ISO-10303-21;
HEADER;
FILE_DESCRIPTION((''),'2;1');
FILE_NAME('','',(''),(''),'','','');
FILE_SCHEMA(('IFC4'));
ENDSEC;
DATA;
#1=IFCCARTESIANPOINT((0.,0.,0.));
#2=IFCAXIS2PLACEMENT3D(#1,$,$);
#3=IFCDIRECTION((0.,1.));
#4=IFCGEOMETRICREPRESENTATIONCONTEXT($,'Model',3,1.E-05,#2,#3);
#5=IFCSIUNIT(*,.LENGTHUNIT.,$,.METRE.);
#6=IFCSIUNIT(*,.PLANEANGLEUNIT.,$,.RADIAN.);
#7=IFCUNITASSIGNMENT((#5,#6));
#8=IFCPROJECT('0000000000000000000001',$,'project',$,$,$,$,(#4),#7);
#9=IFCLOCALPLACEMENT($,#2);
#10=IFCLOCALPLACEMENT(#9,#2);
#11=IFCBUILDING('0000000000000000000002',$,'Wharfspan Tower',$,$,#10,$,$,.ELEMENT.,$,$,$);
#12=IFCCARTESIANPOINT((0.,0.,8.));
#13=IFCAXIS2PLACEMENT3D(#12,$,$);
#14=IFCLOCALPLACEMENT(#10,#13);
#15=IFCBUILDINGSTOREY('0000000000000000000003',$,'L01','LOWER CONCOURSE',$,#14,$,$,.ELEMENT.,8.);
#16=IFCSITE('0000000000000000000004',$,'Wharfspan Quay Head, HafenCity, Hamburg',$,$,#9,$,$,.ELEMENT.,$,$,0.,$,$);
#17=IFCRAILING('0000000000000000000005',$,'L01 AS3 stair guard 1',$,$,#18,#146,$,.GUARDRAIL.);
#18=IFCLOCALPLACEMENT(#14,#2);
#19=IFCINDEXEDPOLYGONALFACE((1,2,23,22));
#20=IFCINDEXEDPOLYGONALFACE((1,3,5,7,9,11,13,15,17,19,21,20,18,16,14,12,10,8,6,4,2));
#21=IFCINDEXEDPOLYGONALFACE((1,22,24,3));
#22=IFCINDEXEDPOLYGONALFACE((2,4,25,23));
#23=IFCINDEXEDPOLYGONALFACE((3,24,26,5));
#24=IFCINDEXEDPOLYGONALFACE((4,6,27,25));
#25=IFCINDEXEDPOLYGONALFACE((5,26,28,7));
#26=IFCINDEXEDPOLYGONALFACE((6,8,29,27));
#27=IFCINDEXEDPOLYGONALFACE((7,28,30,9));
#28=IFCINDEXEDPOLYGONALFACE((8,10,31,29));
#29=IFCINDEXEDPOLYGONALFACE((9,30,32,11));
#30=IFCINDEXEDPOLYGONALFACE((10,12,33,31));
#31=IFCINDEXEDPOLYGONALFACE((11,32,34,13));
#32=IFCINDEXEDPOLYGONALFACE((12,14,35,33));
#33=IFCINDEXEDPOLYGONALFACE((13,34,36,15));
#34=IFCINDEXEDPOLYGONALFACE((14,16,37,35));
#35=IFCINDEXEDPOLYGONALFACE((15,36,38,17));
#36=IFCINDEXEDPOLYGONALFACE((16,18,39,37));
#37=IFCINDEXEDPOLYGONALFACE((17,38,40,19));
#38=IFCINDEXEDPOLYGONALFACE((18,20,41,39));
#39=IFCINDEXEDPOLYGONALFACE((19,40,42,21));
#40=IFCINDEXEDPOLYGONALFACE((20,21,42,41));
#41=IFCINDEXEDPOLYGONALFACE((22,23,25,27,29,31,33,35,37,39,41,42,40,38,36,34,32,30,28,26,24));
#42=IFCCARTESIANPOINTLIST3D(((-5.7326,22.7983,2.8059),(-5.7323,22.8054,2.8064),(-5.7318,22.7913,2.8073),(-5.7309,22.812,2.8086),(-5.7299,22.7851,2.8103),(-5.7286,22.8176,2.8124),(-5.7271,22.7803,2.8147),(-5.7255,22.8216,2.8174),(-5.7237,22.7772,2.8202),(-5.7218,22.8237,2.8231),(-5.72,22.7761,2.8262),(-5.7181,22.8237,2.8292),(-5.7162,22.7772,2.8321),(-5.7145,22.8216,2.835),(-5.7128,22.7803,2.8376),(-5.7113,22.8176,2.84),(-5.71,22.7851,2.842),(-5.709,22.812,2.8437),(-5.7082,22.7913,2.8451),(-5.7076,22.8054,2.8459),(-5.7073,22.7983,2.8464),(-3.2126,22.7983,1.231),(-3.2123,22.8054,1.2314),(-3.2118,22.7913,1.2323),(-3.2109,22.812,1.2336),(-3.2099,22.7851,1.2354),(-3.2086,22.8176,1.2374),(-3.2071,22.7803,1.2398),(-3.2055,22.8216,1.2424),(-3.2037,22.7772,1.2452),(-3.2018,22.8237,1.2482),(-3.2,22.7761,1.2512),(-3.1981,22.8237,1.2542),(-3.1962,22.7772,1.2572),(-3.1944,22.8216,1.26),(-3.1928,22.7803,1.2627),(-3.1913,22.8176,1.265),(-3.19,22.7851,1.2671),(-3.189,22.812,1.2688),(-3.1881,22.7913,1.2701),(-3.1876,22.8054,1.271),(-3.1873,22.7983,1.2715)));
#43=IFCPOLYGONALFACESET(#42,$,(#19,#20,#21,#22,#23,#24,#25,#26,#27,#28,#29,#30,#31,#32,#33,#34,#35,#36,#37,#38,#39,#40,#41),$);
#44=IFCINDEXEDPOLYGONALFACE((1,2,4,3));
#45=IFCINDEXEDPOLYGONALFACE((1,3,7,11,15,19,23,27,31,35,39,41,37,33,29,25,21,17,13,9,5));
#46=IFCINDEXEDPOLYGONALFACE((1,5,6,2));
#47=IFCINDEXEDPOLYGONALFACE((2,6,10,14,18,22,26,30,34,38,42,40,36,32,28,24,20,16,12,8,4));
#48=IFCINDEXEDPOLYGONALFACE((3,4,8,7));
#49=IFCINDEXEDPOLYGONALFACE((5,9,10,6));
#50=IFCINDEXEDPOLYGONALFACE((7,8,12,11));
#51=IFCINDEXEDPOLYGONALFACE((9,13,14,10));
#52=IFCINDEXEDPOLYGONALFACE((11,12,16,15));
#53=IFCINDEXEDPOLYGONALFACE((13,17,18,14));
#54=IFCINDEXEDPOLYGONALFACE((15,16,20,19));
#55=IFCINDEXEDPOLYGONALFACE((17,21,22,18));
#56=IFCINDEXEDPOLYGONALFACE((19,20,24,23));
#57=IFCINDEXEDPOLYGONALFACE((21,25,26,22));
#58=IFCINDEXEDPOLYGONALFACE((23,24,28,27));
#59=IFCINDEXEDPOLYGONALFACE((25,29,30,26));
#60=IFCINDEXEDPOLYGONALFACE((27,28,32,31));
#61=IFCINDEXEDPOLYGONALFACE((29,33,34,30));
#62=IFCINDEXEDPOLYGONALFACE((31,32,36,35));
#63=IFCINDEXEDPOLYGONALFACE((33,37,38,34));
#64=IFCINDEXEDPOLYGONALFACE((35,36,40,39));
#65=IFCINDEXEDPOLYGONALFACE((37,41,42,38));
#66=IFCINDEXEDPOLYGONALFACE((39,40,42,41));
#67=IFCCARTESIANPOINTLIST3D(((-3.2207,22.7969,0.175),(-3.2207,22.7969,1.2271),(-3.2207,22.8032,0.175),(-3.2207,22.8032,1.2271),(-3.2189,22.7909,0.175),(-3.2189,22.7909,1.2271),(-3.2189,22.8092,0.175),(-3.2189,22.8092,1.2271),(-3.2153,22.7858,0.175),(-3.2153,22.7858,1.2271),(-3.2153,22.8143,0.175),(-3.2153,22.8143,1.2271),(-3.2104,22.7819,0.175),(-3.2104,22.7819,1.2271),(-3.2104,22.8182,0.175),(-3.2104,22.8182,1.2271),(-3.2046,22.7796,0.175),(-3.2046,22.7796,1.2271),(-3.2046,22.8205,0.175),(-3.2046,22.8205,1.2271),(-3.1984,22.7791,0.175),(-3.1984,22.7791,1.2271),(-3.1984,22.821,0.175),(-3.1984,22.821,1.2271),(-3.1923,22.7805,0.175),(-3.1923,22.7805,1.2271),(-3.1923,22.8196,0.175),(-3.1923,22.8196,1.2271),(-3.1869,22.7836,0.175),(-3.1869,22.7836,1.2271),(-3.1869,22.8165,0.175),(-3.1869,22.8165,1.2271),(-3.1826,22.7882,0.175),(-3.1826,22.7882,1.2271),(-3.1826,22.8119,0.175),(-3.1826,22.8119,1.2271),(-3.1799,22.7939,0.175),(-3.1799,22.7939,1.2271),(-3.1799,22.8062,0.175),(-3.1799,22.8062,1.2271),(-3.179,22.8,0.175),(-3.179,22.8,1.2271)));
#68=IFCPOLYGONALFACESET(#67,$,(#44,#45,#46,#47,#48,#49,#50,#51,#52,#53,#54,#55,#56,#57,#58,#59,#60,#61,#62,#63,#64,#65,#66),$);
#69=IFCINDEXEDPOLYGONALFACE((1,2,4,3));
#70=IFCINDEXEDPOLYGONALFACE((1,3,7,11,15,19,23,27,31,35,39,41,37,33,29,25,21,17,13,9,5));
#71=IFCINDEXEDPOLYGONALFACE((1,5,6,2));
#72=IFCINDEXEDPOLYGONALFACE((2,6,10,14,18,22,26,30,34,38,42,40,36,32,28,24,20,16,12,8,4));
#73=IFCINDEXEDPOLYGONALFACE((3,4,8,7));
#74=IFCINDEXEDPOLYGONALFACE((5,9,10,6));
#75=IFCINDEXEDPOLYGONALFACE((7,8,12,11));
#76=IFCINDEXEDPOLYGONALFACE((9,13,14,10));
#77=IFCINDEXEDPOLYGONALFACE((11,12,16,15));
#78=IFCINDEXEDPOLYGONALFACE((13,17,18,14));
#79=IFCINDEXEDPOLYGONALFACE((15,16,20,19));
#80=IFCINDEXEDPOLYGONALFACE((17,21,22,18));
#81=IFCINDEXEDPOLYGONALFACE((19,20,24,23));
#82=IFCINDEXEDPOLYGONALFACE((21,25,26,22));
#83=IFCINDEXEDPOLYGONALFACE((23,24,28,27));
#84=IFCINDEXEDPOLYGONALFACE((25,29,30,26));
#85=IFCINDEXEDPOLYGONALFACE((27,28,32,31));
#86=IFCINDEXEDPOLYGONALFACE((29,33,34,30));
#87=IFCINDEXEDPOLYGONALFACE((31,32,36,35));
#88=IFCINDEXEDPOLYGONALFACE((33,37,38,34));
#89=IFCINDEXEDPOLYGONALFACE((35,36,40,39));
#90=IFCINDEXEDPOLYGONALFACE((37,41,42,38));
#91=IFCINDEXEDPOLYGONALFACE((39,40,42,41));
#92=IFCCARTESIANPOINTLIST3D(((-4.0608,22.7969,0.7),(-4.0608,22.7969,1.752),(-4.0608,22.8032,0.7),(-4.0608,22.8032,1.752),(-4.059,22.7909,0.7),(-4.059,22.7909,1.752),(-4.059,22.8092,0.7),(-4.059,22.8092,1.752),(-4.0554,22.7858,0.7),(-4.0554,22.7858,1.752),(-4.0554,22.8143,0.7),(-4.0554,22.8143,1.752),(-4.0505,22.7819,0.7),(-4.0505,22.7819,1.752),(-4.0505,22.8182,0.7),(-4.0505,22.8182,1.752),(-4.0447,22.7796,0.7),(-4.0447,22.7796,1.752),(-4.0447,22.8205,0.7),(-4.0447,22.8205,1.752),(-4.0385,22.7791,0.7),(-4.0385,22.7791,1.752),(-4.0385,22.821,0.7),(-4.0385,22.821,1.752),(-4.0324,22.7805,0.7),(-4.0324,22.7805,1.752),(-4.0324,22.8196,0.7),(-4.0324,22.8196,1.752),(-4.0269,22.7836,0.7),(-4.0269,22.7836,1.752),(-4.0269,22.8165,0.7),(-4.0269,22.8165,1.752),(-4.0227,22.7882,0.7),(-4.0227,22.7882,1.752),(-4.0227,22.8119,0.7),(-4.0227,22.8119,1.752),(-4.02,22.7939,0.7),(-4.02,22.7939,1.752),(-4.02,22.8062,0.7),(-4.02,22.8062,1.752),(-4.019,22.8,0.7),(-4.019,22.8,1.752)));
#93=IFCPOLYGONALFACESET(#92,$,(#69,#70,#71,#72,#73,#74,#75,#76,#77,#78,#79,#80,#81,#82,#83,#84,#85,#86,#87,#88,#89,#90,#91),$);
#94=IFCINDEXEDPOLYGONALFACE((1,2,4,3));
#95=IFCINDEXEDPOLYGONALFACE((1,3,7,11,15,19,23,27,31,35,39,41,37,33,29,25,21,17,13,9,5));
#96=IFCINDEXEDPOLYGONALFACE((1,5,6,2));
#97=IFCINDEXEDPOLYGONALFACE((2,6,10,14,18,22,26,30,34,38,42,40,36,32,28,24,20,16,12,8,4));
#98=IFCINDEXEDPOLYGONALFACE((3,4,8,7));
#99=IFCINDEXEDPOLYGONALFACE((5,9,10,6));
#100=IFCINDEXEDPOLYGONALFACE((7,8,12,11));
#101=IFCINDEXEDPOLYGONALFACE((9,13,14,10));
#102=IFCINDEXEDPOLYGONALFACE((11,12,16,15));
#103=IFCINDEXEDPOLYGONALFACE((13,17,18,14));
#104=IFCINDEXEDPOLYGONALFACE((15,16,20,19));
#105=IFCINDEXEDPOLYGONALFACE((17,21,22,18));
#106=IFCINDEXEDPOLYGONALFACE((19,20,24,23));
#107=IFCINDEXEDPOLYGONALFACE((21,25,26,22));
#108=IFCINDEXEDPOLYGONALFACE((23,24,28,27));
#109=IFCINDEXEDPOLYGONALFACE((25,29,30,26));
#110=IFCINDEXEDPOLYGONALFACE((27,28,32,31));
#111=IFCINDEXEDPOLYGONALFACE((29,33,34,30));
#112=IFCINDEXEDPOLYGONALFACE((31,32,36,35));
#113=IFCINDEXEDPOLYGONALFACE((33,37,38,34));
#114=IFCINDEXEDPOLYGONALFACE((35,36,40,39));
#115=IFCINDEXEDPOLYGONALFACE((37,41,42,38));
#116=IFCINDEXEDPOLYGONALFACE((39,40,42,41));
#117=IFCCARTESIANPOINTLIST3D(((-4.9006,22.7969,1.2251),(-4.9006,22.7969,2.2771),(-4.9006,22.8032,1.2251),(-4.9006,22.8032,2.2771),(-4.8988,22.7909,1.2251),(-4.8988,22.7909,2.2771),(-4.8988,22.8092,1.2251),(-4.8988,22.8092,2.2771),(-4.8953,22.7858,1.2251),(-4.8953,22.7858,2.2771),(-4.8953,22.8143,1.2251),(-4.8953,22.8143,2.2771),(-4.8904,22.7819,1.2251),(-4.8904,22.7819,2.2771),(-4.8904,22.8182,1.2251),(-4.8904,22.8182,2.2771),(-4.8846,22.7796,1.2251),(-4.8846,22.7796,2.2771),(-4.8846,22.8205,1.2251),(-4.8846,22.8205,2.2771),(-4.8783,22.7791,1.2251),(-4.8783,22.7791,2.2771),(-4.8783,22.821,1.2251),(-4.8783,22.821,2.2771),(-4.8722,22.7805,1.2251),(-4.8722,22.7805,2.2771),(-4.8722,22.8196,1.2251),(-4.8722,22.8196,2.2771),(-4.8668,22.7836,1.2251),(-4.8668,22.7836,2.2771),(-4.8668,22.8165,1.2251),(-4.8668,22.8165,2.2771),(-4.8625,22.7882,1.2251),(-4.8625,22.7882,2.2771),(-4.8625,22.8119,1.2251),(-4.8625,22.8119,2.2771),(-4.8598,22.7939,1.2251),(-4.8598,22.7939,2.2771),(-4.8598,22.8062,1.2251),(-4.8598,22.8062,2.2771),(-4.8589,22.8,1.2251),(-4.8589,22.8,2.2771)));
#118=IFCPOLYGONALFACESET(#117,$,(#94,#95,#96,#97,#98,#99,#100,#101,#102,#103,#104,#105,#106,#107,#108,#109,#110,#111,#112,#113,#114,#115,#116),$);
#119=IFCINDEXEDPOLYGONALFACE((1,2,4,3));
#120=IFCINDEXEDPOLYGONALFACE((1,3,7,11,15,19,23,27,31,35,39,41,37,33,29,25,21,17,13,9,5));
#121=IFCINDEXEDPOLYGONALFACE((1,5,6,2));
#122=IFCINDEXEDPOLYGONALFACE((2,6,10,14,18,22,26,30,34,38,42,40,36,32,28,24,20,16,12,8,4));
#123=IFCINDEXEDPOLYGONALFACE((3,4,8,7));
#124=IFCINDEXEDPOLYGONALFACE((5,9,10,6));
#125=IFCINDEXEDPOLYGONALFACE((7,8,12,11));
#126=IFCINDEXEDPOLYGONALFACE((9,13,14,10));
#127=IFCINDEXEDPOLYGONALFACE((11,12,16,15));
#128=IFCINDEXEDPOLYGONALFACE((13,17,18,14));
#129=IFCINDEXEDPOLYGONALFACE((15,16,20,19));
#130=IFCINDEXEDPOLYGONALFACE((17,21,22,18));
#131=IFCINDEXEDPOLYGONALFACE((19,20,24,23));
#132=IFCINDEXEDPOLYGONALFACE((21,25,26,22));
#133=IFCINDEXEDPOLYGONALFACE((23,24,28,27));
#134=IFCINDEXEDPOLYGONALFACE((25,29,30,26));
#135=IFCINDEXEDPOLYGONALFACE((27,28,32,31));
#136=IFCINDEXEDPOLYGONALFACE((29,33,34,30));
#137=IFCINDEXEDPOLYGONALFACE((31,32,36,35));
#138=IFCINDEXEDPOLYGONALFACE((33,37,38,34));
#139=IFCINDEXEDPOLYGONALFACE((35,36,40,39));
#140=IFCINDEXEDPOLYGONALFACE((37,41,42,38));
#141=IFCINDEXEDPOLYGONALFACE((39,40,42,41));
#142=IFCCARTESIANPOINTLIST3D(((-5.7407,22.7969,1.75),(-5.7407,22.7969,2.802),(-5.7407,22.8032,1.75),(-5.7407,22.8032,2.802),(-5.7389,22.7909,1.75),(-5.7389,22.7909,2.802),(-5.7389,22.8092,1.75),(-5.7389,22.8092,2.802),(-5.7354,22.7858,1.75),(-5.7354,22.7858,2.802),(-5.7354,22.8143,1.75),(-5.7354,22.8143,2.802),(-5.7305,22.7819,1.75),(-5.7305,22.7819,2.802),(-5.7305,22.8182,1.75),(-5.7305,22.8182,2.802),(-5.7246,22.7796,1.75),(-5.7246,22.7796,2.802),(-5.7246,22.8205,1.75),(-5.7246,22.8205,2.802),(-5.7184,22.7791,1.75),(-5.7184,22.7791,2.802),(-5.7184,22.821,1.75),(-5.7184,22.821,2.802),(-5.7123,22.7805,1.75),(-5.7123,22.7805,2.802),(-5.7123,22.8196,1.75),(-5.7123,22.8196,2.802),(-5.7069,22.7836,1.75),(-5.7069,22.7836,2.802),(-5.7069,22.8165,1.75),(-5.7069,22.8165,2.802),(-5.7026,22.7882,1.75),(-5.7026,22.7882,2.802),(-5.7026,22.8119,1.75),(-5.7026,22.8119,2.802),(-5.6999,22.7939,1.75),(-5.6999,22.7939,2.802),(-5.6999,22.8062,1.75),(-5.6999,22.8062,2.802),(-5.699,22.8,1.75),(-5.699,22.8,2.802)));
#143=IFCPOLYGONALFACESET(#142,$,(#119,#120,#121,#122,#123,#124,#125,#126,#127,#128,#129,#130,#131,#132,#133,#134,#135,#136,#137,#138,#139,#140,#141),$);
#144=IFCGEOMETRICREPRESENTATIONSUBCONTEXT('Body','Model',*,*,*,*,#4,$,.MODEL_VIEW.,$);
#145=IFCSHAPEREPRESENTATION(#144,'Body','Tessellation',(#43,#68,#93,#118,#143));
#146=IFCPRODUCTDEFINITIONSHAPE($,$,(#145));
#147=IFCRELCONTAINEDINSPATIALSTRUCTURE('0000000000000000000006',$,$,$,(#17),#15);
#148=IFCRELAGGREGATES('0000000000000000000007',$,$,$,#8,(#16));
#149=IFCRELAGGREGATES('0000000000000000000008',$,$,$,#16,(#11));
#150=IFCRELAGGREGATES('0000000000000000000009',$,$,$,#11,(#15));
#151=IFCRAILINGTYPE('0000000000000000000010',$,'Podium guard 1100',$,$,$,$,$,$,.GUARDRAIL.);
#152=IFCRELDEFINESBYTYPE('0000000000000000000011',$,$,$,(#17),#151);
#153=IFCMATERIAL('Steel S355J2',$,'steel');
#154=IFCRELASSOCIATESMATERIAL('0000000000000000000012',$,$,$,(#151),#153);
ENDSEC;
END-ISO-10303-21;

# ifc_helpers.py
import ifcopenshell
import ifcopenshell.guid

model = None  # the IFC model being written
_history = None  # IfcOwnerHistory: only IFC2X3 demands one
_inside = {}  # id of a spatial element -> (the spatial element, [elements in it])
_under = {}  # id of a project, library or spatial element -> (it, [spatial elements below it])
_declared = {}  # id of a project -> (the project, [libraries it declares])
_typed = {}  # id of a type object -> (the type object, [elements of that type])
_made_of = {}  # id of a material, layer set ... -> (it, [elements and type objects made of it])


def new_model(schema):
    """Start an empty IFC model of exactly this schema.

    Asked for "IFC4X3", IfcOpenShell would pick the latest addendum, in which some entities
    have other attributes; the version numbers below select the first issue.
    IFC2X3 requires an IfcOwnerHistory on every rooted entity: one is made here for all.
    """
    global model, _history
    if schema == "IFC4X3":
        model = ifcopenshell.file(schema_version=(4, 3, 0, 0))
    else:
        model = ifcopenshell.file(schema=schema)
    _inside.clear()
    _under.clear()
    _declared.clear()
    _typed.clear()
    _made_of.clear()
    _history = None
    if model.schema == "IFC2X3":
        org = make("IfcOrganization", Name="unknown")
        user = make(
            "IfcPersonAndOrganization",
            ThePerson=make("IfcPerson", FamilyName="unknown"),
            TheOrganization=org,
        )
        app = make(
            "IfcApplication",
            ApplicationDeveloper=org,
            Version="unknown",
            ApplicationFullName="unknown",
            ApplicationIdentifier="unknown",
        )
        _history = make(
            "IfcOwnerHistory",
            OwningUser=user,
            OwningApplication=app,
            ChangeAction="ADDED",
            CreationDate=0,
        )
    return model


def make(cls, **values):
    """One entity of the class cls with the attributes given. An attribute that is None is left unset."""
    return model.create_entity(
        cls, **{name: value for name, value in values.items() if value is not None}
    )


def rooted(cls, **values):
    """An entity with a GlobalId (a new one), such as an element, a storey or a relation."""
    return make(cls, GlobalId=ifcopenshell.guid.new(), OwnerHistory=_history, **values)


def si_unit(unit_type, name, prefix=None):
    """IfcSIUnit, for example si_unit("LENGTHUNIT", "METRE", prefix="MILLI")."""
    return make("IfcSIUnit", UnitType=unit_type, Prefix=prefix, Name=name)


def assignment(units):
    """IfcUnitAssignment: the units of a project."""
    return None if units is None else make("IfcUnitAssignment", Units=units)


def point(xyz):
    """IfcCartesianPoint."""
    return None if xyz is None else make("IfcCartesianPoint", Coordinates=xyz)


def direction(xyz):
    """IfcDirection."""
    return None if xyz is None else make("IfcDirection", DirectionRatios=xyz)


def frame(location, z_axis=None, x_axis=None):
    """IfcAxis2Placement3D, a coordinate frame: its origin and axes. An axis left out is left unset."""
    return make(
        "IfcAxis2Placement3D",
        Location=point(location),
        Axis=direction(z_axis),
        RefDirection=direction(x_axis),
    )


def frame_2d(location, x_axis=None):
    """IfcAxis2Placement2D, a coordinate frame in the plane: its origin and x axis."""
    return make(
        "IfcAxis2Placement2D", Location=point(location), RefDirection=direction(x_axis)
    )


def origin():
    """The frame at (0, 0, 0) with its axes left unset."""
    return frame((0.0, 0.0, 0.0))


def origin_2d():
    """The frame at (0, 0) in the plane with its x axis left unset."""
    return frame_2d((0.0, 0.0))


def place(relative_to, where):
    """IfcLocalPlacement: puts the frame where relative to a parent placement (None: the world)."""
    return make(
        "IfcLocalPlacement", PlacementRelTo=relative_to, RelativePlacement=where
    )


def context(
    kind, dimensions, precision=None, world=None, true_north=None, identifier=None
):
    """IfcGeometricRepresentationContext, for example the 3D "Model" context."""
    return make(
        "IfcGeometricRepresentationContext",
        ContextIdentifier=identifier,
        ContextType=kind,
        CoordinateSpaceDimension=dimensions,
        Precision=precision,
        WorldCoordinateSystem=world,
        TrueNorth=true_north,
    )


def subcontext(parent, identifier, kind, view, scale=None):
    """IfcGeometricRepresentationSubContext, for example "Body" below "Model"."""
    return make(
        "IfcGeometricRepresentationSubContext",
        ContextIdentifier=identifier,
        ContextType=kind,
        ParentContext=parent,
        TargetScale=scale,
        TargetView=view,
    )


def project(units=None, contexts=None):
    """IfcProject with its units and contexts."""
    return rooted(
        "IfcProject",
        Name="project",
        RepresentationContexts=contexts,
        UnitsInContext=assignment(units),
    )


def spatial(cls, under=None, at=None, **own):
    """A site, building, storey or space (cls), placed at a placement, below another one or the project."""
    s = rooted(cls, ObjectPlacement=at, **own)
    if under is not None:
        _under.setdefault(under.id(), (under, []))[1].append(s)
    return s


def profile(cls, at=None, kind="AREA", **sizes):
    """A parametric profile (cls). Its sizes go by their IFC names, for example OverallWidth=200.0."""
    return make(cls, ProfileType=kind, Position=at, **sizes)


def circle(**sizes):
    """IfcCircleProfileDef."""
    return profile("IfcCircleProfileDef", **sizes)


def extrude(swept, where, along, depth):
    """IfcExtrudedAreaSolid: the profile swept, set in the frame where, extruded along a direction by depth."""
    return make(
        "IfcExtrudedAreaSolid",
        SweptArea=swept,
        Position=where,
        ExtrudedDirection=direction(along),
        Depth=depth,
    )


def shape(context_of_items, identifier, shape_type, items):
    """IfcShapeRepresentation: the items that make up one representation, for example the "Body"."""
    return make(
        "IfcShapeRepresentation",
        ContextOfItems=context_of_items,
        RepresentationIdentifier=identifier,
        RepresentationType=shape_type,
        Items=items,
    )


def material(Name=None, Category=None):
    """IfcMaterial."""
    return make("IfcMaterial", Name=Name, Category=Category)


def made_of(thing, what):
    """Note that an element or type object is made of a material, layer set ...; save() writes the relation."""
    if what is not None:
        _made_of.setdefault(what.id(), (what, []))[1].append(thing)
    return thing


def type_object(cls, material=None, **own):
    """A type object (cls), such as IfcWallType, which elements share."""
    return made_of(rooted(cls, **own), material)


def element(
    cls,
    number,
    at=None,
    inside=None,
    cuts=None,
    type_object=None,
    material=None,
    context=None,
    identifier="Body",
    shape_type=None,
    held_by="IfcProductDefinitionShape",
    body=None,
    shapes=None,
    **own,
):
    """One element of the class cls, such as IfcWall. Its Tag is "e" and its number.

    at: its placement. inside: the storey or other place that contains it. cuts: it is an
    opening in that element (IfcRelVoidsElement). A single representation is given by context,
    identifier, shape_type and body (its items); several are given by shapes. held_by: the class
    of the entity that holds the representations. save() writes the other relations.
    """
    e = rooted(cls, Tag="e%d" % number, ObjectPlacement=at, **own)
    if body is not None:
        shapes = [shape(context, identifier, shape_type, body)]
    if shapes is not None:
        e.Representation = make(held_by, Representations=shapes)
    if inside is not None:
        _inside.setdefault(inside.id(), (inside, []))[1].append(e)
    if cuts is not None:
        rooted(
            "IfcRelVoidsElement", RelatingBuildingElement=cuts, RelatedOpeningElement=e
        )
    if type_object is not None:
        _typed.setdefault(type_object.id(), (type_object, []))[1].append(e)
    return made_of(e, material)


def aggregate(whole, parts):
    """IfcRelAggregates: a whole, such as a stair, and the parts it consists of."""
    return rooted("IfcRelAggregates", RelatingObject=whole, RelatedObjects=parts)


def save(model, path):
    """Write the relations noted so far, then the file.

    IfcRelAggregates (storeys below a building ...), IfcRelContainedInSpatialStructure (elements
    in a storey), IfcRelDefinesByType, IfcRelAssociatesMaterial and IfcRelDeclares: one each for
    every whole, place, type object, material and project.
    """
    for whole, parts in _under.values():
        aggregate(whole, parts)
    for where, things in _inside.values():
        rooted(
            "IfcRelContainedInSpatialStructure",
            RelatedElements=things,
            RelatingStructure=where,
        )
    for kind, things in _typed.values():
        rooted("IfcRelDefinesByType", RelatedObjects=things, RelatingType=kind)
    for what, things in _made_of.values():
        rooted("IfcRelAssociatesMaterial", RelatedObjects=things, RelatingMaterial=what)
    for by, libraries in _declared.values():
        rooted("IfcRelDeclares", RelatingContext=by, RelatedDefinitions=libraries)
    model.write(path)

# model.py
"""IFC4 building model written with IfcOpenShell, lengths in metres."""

from ifc_helpers import new_model, si_unit, direction, frame, origin, origin_2d, place, context, subcontext, project, spatial, circle, extrude, material, type_object, element, save


model = new_model("IFC4")

# Units and contexts
model_context = context("Model", 3, precision=1e-05, world=origin(), true_north=direction((0.0, 1.0)))
body_context = subcontext(model_context, "Body", "Model", "MODEL_VIEW")
ifc_project = project(units=[si_unit("LENGTHUNIT", "METRE"), si_unit("PLANEANGLEUNIT", "RADIAN")], contexts=[model_context])

# Site, building, storey
site_placement = place(None, origin())
site = spatial("IfcSite", under=ifc_project, at=site_placement, Name="Wharfspan Quay Head, HafenCity, Hamburg", CompositionType="ELEMENT", RefElevation=0.0)
building_placement = place(site_placement, origin())
building = spatial("IfcBuilding", under=site, at=building_placement, Name="Wharfspan Tower", CompositionType="ELEMENT")
storey_placement = place(building_placement, frame((0.0, 0.0, 8.0)))
storey = spatial("IfcBuildingStorey", under=building, at=storey_placement, Name="L01", Description="LOWER CONCOURSE", CompositionType="ELEMENT", Elevation=8.0)

# Railing
ifc_material_1 = material(Name="Steel S355J2", Category="steel")
railing_type_1 = type_object("IfcRailingType", Name="Podium guard 1100", PredefinedType="GUARDRAIL", material=ifc_material_1)
railing_1_placement = place(storey_placement, frame((-3.2, 22.8, 0.175)))
element("IfcRailing", 1, at=railing_1_placement, inside=storey, type_object=railing_type_1, Name="L01 AS3 stair guard 1", PredefinedType="GUARDRAIL", context=body_context, shape_type="SweptSolid", body=[
    extrude(circle(Radius=0.0239, at=origin_2d()), frame((0.0, 0.0, 1.0762), z_axis=(-0.848008, 0.0, 0.529984), x_axis=(0.0, -1.0, 0.0)), (0.0, 0.0, 1.0), 2.9717),
    extrude(circle(Radius=0.021, at=origin_2d()), origin(), (0.0, 0.0, 1.0), 1.052),
    extrude(circle(Radius=0.021, at=origin_2d()), frame((-0.8401, 0.0, 0.5249)), (0.0, 0.0, 1.0), 1.052),
    extrude(circle(Radius=0.021, at=origin_2d()), frame((-1.6799, 0.0, 1.05)), (0.0, 0.0, 1.0), 1.052),
    extrude(circle(Radius=0.021, at=origin_2d()), frame((-2.52, 0.0, 1.575)), (0.0, 0.0, 1.0), 1.052),
])

save(model, "model.ifc")
